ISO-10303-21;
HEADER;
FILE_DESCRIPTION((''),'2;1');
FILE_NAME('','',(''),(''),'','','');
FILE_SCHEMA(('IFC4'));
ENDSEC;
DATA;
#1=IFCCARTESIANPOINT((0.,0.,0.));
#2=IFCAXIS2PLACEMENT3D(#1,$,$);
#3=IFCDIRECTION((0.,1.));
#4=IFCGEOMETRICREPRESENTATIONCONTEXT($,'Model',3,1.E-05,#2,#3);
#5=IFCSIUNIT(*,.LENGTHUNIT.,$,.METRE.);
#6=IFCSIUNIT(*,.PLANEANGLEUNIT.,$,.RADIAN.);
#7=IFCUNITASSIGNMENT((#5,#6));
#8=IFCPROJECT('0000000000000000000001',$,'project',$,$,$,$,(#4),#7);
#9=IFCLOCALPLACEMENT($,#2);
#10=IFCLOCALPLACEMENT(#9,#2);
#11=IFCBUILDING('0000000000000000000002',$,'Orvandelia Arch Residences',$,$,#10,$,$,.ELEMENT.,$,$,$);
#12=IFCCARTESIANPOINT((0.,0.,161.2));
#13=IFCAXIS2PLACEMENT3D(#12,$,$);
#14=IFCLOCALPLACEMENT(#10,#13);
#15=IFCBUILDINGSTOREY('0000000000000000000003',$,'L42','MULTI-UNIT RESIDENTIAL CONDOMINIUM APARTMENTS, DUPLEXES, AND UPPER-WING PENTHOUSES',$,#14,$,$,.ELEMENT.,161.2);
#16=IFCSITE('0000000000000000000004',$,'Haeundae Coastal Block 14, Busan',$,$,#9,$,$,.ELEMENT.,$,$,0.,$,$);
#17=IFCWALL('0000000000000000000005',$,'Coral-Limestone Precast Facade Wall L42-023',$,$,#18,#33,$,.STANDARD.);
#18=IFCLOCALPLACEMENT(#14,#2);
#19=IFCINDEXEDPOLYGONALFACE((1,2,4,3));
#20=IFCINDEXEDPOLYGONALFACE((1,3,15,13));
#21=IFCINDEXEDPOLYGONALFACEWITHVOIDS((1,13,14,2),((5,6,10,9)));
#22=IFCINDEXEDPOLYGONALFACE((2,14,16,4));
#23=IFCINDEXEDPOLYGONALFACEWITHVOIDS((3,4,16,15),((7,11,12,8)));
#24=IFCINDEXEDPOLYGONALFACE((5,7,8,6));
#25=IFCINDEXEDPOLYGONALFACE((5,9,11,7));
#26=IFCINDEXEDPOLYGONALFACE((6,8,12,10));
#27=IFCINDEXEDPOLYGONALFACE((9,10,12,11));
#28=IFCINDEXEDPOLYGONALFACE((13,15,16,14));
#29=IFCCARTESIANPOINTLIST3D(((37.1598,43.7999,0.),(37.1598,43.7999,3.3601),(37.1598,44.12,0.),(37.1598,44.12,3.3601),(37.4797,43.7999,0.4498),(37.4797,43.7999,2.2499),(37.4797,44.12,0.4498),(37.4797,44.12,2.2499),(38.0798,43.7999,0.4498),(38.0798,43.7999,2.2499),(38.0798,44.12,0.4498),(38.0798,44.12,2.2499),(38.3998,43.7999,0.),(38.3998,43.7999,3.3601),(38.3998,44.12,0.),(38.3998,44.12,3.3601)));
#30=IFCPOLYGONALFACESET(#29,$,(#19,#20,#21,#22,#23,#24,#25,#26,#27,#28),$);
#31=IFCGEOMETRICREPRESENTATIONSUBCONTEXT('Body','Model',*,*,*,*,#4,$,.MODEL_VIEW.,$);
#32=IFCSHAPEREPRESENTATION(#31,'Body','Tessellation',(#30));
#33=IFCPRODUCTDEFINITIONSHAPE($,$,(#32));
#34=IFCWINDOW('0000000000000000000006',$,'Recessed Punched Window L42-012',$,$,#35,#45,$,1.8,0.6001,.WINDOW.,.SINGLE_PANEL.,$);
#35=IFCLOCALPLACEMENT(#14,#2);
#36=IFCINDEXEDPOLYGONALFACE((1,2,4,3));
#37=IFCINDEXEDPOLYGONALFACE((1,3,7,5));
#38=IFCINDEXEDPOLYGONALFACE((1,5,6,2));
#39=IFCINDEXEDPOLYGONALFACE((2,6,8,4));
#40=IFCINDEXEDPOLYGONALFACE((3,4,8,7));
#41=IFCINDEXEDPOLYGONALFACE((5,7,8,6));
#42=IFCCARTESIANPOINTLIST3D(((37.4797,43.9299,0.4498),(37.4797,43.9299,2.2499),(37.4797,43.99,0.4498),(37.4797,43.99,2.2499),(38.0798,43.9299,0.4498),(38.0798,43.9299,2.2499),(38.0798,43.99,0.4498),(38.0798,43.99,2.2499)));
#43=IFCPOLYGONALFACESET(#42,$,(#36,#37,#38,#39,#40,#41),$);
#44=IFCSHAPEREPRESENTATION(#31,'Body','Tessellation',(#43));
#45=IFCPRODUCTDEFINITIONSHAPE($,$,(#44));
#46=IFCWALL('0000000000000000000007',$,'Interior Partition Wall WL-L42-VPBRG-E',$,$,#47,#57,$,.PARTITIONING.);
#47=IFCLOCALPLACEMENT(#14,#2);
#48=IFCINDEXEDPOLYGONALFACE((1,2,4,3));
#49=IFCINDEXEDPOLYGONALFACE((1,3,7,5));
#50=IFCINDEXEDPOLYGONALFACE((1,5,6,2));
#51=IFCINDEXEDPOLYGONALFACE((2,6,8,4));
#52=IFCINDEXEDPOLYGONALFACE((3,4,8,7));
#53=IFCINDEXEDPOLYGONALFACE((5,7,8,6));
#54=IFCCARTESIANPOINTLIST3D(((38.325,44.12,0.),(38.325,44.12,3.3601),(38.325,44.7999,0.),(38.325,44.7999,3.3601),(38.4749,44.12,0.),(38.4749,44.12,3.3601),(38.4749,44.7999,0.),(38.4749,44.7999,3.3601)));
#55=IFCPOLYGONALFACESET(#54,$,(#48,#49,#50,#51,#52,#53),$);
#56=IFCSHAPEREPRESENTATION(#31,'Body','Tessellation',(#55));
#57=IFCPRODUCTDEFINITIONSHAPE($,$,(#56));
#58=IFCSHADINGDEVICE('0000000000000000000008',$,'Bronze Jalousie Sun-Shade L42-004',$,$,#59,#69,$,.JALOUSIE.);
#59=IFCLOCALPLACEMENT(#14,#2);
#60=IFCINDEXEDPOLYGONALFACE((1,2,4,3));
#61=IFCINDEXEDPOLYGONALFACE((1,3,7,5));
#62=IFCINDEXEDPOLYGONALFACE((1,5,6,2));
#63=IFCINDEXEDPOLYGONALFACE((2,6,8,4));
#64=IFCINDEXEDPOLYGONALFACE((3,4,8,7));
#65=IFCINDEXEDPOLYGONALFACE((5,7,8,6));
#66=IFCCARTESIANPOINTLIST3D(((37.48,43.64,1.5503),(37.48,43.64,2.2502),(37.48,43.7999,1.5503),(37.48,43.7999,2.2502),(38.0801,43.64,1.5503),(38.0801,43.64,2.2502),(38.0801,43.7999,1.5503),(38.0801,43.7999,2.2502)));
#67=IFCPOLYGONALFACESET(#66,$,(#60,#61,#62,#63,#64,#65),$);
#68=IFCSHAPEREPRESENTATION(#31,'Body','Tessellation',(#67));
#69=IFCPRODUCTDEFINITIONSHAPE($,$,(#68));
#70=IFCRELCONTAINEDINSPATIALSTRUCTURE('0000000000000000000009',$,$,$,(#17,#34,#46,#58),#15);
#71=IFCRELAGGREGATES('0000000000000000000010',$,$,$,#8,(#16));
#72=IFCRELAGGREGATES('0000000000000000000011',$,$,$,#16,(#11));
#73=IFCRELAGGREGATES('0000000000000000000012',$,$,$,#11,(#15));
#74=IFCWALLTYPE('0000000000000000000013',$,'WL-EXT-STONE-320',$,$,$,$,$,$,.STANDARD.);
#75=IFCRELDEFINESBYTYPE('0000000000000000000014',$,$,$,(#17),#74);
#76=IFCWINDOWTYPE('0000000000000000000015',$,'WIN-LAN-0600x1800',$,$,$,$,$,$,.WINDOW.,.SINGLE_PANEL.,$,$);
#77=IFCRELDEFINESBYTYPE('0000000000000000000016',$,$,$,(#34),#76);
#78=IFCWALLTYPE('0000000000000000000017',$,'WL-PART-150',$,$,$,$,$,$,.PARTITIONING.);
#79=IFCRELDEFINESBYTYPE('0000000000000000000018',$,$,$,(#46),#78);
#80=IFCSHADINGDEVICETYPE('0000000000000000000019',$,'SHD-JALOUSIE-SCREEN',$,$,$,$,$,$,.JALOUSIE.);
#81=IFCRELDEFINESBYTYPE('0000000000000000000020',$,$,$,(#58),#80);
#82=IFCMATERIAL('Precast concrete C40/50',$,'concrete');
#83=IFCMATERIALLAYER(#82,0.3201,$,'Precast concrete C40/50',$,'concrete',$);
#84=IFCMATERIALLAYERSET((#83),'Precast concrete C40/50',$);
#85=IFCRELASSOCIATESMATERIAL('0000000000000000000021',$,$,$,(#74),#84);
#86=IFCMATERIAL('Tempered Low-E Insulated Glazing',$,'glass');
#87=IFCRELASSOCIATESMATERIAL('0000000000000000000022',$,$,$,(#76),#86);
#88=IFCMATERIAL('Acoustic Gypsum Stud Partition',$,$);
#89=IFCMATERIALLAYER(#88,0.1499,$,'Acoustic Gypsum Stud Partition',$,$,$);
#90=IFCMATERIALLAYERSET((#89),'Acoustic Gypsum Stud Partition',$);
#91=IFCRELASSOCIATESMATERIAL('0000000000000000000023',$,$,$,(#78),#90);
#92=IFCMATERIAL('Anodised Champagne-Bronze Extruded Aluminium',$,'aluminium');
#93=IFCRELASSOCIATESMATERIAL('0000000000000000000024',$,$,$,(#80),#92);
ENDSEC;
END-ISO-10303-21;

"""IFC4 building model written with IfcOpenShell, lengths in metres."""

from ifc_helpers import new_model, si_unit, direction, frame, frame_2d, origin, origin_2d, place, context, subcontext, project, spatial, rectangle, extrude, material, layer, layer_set, type_object, element, fill, save


model = new_model("IFC4")

# Units and contexts
model_context = context("Model", 3, precision=1e-05, world=origin(), true_north=direction((0.0, 1.0)))
body_context = subcontext(model_context, "Body", "Model", "MODEL_VIEW")
ifc_project = project(units=[si_unit("LENGTHUNIT", "METRE"), si_unit("PLANEANGLEUNIT", "RADIAN")], contexts=[model_context])

# Site, building, storey
site_placement = place(None, origin())
site = spatial("IfcSite", under=ifc_project, at=site_placement, Name="Haeundae Coastal Block 14, Busan", CompositionType="ELEMENT", RefElevation=0.0)
building_placement = place(site_placement, origin())
building = spatial("IfcBuilding", under=site, at=building_placement, Name="Orvandelia Arch Residences", CompositionType="ELEMENT")
storey_placement = place(building_placement, frame((0.0, 0.0, 161.2)))
storey = spatial("IfcBuildingStorey", under=building, at=storey_placement, Name="L42", Description="MULTI-UNIT RESIDENTIAL CONDOMINIUM APARTMENTS, DUPLEXES, AND UPPER-WING PENTHOUSES", CompositionType="ELEMENT", Elevation=161.2)

# Wall, opening, window
ifc_material_1 = material(Name="Precast concrete C40/50", Category="concrete")
ifc_layer_1 = layer(ifc_material_1, 0.3201, Name="Precast concrete C40/50", Category="concrete")
ifc_layer_set_1 = layer_set([ifc_layer_1], Name="Precast concrete C40/50")
wall_type_1 = type_object("IfcWallType", Name="WL-EXT-STONE-320", PredefinedType="STANDARD", material=ifc_layer_set_1)
wall_1_placement = place(storey_placement, frame((38.3999, 43.96, 0.0), z_axis=(0.0, 0.0, 1.0), x_axis=(-1.0, 0.0, 0.0)))
wall_1 = element("IfcWall", 1, at=wall_1_placement, inside=storey, type_object=wall_type_1, Name="Coral-Limestone Precast Facade Wall L42-023", PredefinedType="STANDARD", context=body_context, shape_type="SweptSolid", body=[
    extrude(rectangle(XDim=1.24, YDim=0.3201, at=frame_2d((0.6201, 0.0))), origin(), (0.0, 0.0, 1.0), 3.3601),
])
opening_placement = place(wall_1_placement, frame((0.3201, 0.0, 0.45)))
opening = element("IfcOpeningElement", 2, at=opening_placement, cuts=wall_1, PredefinedType="OPENING", context=body_context, shape_type="SweptSolid", body=[
    extrude(rectangle(XDim=0.6001, YDim=1.8, at=frame_2d((0.3, 0.8999))), frame((0.0, 0.1699, 0.0), z_axis=(0.0, -1.0, 0.0), x_axis=(1.0, 0.0, 0.0)), (0.0, 0.0, 1.0), 0.3401),
])
ifc_material_2 = material(Name="Tempered Low-E Insulated Glazing", Category="glass")
window_type = type_object("IfcWindowType", Name="WIN-LAN-0600x1800", PartitioningType="SINGLE_PANEL", PredefinedType="WINDOW", material=ifc_material_2)
window_placement = place(opening_placement, origin())
window = element("IfcWindow", 3, at=window_placement, inside=storey, type_object=window_type, Name="Recessed Punched Window L42-012", OverallHeight=1.8, OverallWidth=0.6001, PartitioningType="SINGLE_PANEL", PredefinedType="WINDOW", context=body_context, shape_type="SweptSolid", body=[
    extrude(rectangle(XDim=0.6001, YDim=1.8, at=frame_2d((0.3, 0.8999))), frame((0.0, 0.03, 0.0), z_axis=(0.0, -1.0, 0.0), x_axis=(1.0, 0.0, 0.0)), (0.0, 0.0, 1.0), 0.0601),
])
fill(opening, window)

# Wall
ifc_material_3 = material(Name="Acoustic Gypsum Stud Partition")
ifc_layer_2 = layer(ifc_material_3, 0.1499, Name="Acoustic Gypsum Stud Partition")
ifc_layer_set_2 = layer_set([ifc_layer_2], Name="Acoustic Gypsum Stud Partition")
wall_type_2 = type_object("IfcWallType", Name="WL-PART-150", PredefinedType="PARTITIONING", material=ifc_layer_set_2)
wall_2_placement = place(storey_placement, frame((38.3999, 44.1201, 0.0), z_axis=(0.0, 0.0, 1.0), x_axis=(0.0, 1.0, 0.0)))
element("IfcWall", 4, at=wall_2_placement, inside=storey, type_object=wall_type_2, Name="Interior Partition Wall WL-L42-VPBRG-E", PredefinedType="PARTITIONING", context=body_context, shape_type="SweptSolid", body=[
    extrude(rectangle(XDim=0.6799, YDim=0.1499, at=frame_2d((0.3398, 0.0))), origin(), (0.0, 0.0, 1.0), 3.3601),
])

# Shading device
ifc_material_4 = material(Name="Anodised Champagne-Bronze Extruded Aluminium", Category="aluminium")
shading_device_type = type_object("IfcShadingDeviceType", Name="SHD-JALOUSIE-SCREEN", PredefinedType="JALOUSIE", material=ifc_material_4)
shading_device_placement = place(storey_placement, frame((37.78, 43.72, 1.5503), z_axis=(0.0, 0.0, 1.0), x_axis=(-1.0, 0.0, 0.0)))
element("IfcShadingDevice", 5, at=shading_device_placement, inside=storey, type_object=shading_device_type, Name="Bronze Jalousie Sun-Shade L42-004", PredefinedType="JALOUSIE", context=body_context, shape_type="SweptSolid", body=[
    extrude(rectangle(XDim=0.6001, YDim=0.1599, at=origin_2d()), origin(), (0.0, 0.0, 1.0), 0.7),
])

save(model, "model.ifc")
